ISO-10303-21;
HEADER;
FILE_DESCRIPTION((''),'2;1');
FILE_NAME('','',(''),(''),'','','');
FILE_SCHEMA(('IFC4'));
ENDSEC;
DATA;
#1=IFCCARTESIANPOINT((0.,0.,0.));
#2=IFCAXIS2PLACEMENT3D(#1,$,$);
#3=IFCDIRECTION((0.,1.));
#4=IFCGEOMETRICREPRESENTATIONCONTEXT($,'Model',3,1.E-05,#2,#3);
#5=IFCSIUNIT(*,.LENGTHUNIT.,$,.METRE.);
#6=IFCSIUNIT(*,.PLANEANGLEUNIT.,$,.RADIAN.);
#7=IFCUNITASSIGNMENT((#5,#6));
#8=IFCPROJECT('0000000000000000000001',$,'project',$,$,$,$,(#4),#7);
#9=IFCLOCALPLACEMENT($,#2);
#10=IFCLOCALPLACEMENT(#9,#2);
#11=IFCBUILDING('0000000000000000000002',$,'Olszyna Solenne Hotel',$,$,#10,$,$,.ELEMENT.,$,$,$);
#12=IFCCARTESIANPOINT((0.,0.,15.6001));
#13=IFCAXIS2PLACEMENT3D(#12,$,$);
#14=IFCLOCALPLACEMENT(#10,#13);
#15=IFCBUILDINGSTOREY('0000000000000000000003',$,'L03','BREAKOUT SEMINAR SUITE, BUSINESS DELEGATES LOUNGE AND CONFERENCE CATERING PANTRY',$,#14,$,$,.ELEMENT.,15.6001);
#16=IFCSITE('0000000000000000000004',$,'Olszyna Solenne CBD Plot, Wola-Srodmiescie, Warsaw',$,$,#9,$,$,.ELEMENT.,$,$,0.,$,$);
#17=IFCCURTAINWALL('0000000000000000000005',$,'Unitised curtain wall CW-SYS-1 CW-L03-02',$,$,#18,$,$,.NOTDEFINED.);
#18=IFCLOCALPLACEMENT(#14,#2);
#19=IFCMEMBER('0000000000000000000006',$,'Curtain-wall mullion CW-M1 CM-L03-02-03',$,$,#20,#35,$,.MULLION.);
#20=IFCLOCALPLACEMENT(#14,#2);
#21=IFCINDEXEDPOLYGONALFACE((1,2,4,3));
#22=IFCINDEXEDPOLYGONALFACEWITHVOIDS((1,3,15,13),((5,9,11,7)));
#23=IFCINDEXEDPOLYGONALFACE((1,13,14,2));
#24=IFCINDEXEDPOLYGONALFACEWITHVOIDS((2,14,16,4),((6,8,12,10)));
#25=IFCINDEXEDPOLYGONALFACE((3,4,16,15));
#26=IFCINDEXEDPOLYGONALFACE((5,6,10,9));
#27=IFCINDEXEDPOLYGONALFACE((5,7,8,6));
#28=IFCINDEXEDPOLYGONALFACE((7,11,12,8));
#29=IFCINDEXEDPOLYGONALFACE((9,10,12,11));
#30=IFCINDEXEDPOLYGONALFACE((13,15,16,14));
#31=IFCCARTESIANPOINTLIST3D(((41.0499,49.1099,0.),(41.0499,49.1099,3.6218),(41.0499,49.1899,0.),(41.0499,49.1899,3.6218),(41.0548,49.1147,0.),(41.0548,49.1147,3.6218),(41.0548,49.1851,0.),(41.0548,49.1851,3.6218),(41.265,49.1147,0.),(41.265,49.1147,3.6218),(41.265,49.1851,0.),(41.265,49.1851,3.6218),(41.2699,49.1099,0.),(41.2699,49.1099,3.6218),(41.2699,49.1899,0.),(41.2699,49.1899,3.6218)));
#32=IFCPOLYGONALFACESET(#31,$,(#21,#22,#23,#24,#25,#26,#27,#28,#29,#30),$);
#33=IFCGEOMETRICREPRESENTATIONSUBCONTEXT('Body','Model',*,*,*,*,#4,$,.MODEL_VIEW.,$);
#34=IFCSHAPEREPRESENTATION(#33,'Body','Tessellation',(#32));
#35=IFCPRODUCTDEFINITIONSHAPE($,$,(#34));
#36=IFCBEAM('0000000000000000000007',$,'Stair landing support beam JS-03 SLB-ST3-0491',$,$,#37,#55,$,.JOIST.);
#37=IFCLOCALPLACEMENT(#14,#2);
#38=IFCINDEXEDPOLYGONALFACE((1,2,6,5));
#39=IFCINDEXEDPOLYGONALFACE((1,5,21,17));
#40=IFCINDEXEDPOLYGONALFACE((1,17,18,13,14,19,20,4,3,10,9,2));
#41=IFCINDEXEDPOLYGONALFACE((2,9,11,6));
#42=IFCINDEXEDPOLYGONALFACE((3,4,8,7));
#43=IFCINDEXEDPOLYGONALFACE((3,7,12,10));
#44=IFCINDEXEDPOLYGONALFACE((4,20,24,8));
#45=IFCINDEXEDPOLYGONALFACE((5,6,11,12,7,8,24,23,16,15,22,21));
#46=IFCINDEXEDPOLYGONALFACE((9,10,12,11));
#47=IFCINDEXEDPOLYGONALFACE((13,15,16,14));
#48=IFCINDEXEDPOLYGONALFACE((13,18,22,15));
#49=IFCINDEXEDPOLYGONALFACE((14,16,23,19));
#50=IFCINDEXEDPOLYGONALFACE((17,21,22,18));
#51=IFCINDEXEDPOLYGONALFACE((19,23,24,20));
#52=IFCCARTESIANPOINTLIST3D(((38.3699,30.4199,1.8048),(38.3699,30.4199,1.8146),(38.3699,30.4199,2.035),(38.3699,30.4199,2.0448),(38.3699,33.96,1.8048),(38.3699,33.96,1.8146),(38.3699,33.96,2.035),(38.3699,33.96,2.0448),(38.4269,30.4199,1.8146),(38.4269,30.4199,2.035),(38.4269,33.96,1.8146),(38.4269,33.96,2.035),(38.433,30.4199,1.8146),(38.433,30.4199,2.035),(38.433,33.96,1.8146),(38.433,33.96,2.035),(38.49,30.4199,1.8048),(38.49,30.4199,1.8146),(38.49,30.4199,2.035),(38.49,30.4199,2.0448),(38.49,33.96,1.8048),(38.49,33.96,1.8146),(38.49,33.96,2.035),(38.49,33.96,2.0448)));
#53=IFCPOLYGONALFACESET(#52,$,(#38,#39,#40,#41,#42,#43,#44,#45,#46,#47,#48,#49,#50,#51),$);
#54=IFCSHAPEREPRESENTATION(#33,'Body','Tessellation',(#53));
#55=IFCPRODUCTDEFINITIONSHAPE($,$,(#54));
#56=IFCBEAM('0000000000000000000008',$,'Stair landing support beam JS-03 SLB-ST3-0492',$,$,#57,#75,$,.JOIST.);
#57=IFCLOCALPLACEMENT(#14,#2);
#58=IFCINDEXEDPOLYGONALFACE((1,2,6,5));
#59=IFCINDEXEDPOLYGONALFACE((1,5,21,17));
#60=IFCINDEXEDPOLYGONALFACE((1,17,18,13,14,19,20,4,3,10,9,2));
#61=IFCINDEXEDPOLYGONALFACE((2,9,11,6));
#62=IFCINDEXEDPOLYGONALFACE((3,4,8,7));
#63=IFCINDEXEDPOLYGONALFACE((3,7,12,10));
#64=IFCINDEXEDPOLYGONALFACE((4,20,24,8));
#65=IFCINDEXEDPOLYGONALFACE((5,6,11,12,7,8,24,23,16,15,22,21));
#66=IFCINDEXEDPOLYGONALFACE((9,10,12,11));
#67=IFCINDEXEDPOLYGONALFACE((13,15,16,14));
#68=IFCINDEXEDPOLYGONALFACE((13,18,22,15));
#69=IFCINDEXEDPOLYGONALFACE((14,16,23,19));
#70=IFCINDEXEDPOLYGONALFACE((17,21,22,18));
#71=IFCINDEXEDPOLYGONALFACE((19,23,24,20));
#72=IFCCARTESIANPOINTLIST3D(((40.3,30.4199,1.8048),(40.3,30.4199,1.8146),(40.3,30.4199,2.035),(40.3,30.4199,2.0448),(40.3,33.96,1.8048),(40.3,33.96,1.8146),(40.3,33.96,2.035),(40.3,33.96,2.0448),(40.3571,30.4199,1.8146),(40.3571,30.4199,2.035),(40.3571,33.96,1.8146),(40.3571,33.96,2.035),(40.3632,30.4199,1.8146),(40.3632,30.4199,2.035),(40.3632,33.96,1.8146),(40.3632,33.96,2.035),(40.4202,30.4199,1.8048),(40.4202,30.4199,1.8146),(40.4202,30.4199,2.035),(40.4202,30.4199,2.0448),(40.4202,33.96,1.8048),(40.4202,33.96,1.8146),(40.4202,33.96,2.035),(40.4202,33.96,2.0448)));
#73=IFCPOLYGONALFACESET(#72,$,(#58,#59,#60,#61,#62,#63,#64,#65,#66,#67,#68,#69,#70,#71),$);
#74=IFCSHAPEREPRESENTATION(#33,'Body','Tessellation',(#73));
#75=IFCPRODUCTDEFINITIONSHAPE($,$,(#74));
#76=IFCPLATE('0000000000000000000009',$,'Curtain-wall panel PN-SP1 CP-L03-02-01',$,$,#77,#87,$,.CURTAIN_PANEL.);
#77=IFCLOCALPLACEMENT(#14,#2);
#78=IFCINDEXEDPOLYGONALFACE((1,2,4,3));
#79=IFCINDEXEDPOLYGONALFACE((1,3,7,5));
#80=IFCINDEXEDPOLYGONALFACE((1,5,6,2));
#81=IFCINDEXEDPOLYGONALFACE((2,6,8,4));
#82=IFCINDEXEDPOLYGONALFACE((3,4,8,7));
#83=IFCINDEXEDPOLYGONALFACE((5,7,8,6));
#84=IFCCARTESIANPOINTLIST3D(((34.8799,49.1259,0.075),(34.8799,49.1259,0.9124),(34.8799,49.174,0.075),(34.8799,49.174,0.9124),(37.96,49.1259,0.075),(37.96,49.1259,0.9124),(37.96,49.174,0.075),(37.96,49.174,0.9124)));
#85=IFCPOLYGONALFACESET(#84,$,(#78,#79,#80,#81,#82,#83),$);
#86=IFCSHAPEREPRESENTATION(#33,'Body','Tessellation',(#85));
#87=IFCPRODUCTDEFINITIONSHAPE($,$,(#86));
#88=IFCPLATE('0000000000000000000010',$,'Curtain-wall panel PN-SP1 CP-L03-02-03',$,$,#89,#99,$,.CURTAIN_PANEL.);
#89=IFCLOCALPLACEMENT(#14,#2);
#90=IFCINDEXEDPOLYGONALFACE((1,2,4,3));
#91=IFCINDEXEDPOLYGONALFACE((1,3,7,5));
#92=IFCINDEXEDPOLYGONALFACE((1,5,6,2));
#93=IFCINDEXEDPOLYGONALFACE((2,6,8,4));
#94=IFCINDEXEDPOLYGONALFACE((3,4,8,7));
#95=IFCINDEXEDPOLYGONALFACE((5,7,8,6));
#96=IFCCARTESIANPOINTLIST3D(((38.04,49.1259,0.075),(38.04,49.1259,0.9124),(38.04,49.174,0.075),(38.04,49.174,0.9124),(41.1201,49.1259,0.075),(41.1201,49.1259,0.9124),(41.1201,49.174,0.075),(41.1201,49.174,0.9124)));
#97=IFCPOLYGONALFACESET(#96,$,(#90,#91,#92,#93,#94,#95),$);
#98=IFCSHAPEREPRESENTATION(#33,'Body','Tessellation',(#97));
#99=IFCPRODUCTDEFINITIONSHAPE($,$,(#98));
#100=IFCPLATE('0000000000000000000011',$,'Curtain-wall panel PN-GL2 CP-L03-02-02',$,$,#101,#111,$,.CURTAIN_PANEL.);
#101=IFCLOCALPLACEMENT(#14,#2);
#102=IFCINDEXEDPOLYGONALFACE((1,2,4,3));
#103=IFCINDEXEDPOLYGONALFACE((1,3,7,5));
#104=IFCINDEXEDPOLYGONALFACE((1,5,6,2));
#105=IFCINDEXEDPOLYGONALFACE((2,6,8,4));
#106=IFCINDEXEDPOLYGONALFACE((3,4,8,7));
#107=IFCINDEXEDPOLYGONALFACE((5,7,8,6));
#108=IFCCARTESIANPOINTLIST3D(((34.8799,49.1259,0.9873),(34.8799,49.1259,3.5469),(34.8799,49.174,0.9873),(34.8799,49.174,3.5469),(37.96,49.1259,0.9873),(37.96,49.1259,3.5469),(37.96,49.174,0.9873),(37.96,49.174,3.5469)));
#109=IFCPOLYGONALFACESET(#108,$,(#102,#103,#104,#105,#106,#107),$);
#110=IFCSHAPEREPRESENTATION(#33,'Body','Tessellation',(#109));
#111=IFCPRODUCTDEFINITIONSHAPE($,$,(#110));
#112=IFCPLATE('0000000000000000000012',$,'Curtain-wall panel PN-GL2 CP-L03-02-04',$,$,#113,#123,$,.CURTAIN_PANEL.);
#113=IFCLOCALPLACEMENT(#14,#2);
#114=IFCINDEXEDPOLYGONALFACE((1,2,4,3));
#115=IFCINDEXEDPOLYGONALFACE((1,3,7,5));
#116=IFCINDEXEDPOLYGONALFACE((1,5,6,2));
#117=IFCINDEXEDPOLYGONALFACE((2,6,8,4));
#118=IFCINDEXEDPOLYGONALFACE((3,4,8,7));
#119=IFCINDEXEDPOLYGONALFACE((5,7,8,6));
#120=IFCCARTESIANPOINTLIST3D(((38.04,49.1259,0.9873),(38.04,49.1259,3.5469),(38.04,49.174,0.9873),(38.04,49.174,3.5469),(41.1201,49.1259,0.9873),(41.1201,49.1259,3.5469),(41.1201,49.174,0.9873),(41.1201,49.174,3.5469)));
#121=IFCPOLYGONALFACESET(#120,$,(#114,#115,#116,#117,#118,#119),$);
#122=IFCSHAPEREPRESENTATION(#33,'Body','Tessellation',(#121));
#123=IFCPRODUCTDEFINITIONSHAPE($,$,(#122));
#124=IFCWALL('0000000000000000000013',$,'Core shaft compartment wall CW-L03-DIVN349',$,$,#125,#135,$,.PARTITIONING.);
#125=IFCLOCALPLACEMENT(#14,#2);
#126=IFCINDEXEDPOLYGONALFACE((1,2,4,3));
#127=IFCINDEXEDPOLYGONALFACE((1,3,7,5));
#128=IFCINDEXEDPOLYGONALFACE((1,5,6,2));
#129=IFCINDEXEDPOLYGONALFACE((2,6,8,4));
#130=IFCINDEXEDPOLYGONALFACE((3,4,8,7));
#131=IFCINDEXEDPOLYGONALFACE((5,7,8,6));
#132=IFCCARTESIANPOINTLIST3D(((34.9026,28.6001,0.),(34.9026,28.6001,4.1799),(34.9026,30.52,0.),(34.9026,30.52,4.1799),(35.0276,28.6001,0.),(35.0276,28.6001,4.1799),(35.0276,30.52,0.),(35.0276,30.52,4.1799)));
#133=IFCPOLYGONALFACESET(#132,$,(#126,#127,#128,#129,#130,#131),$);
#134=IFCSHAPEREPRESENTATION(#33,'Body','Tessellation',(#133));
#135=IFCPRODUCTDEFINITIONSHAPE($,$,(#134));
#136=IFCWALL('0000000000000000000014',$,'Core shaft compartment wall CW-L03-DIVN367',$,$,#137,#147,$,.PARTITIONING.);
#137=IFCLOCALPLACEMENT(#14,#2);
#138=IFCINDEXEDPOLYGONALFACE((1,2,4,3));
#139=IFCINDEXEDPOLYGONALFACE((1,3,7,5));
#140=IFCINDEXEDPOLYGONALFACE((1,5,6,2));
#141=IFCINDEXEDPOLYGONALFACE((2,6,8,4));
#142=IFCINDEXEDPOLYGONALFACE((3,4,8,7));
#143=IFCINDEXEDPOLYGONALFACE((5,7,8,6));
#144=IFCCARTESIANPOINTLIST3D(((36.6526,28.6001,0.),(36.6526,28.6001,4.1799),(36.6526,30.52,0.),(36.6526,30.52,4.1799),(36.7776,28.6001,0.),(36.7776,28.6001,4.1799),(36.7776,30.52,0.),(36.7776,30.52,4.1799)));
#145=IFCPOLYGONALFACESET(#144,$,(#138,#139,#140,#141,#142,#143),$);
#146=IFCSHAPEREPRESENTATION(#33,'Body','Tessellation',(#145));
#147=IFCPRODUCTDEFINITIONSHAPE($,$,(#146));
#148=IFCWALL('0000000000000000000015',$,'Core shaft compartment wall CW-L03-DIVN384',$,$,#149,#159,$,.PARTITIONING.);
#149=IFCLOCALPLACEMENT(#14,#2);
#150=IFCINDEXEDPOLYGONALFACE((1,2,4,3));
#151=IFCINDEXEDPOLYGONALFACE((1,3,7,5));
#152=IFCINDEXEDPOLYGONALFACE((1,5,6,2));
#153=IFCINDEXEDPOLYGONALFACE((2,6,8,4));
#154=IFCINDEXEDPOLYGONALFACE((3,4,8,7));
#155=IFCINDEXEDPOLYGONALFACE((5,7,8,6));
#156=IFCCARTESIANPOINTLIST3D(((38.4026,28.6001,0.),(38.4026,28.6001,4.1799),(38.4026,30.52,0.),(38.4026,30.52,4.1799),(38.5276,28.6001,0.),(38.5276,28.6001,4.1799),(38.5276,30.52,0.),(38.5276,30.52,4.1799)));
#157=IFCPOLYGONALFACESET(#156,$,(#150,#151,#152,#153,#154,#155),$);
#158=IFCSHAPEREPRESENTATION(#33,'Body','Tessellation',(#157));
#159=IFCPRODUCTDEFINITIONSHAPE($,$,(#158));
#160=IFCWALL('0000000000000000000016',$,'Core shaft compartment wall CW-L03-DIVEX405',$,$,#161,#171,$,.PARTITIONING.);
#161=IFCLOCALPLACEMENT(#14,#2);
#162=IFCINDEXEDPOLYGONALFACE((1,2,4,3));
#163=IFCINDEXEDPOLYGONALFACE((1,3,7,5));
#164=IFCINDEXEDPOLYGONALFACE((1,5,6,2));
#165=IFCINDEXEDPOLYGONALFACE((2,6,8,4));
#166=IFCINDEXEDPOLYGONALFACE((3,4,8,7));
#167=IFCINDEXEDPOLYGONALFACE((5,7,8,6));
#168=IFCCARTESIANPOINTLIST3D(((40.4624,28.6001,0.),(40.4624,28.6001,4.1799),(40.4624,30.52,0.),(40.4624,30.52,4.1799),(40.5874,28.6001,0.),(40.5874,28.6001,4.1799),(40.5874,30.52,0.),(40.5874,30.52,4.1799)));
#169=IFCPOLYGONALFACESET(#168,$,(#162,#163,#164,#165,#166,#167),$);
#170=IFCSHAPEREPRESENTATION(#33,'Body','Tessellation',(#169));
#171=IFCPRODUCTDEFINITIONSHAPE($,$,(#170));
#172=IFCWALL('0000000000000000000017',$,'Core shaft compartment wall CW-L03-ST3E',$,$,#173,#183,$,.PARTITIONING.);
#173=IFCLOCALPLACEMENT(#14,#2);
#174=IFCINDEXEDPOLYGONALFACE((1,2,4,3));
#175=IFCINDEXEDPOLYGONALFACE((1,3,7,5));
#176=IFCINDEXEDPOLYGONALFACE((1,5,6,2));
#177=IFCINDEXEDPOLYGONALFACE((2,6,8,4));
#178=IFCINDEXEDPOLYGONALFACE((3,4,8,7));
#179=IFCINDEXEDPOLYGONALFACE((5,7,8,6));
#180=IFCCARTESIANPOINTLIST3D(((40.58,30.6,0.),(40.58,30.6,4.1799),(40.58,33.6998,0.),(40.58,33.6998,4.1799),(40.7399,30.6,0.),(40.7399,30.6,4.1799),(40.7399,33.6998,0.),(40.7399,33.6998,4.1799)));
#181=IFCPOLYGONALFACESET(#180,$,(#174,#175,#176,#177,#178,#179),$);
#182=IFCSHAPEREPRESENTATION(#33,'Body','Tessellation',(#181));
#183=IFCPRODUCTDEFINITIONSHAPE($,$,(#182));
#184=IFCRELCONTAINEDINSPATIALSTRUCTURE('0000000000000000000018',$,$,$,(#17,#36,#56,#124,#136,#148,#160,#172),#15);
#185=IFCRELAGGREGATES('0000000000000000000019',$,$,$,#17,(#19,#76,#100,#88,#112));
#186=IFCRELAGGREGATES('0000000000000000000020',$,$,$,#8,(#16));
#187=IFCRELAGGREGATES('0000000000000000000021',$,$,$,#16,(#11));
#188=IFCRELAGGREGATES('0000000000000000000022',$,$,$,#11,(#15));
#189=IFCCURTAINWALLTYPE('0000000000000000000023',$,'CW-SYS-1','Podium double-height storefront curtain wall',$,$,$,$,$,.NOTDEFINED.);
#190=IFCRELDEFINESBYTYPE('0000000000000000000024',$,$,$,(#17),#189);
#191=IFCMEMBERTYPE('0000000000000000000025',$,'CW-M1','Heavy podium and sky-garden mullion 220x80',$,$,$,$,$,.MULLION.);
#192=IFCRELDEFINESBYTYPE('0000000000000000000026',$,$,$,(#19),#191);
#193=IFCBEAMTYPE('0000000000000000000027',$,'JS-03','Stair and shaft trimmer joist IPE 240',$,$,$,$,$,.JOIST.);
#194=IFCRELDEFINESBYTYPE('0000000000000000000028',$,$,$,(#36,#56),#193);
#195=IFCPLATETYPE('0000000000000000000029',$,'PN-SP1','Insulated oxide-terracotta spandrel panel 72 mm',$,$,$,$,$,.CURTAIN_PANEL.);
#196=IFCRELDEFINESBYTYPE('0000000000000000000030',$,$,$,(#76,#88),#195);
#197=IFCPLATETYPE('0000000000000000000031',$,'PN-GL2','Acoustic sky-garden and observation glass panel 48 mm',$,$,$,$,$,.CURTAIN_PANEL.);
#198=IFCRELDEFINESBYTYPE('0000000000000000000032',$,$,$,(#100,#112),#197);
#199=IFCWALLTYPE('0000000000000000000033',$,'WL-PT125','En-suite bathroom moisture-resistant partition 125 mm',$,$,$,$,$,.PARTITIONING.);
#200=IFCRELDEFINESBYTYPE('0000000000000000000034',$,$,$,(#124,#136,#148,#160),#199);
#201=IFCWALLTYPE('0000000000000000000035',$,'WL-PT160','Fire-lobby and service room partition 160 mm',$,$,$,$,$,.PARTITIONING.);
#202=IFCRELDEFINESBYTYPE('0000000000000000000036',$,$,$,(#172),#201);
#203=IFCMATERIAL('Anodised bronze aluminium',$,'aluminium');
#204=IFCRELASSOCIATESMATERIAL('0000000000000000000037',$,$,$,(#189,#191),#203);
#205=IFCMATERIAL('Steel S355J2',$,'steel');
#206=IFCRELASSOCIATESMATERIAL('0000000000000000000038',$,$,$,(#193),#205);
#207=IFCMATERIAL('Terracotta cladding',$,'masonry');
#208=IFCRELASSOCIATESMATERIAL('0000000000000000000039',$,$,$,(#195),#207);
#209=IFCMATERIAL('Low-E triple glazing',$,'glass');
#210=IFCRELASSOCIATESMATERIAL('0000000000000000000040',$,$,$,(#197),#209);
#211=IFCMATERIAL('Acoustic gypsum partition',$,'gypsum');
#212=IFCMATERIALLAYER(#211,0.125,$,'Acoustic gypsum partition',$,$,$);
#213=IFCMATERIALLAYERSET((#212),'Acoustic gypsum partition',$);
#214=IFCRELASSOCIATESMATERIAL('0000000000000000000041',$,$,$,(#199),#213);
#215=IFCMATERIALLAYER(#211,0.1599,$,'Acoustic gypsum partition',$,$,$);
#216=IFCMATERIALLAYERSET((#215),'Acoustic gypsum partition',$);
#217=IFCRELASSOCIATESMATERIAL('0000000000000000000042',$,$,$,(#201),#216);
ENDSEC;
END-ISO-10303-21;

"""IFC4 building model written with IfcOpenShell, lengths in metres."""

from ifc_helpers import new_model, si_unit, direction, frame, frame_2d, origin, origin_2d, place, context, subcontext, project, spatial, rectangle, hollow_rectangle, i_section, extrude, source, transform, mapped, material, layer, layer_set, material_profile, profile_set, type_object, element, aggregate, save


model = new_model("IFC4")

# Units and contexts
model_context = context("Model", 3, precision=1e-05, world=origin(), true_north=direction((0.0, 1.0)))
body_context = subcontext(model_context, "Body", "Model", "MODEL_VIEW")
ifc_project = project(units=[si_unit("LENGTHUNIT", "METRE"), si_unit("PLANEANGLEUNIT", "RADIAN")], contexts=[model_context])

# Site, building, storey
site_placement = place(None, origin())
site = spatial("IfcSite", under=ifc_project, at=site_placement, Name="Olszyna Solenne CBD Plot, Wola-Srodmiescie, Warsaw", CompositionType="ELEMENT", RefElevation=0.0)
building_placement = place(site_placement, origin())
building = spatial("IfcBuilding", under=site, at=building_placement, Name="Olszyna Solenne Hotel", CompositionType="ELEMENT")
storey_placement = place(building_placement, frame((0.0, 0.0, 15.6001)))
storey = spatial("IfcBuildingStorey", under=building, at=storey_placement, Name="L03", Description="BREAKOUT SEMINAR SUITE, BUSINESS DELEGATES LOUNGE AND CONFERENCE CATERING PANTRY", CompositionType="ELEMENT", Elevation=15.6001)

# Shared definitions
ifc_material_1 = material(Name="Steel S355J2", Category="steel")

# Curtain wall, member
ifc_material_2 = material(Name="Anodised bronze aluminium", Category="aluminium")
curtain_wall_type = type_object("IfcCurtainWallType", Name="CW-SYS-1", Description="Podium double-height storefront curtain wall", PredefinedType="NOTDEFINED", material=ifc_material_2)
curtain_wall_placement = place(storey_placement, origin())
curtain_wall = element("IfcCurtainWall", 1, at=curtain_wall_placement, inside=storey, type_object=curtain_wall_type, Name="Unitised curtain wall CW-SYS-1 CW-L03-02", PredefinedType="NOTDEFINED")
ifc_material_profile_1 = material_profile(ifc_material_2, hollow_rectangle(XDim=0.0801, YDim=0.22, WallThickness=0.0049, at=origin_2d()), Name="MULL 220x80x5", Category="load-bearing")
ifc_profile_set_1 = profile_set([ifc_material_profile_1], Name="Anodised bronze aluminium")
member_type_1 = type_object("IfcMemberType", Name="CW-M1", Description="Heavy podium and sky-garden mullion 220x80", PredefinedType="MULLION", material=ifc_profile_set_1)
shared_shape_1 = source(origin(), body_context, "Body", "SweptSolid", [
    extrude(hollow_rectangle(XDim=0.0801, YDim=0.22, WallThickness=0.0049, at=origin_2d()), origin(), (0.0, 0.0, 1.0), 3.6218),
])
member_1_placement = place(storey_placement, frame((41.1599, 49.1499, 0.0), z_axis=(0.0, 0.0, 1.0), x_axis=(0.0, 1.0, 0.0)))
member_1 = element("IfcMember", 2, at=member_1_placement, type_object=member_type_1, Name="Curtain-wall mullion CW-M1 CM-L03-02-03", PredefinedType="MULLION", context=body_context, shape_type="MappedRepresentation", body=[
    mapped(shared_shape_1, transform((0.0, 0.0, 0.0), x_axis=(1.0, 0.0, 0.0), y_axis=(0.0, 1.0, 0.0), z_axis=(0.0, 0.0, 1.0), scale=1.0)),
])

# Beams
ifc_material_profile_2 = material_profile(ifc_material_1, i_section(OverallWidth=0.1201, OverallDepth=0.24, WebThickness=0.0061, FlangeThickness=0.0098, at=origin_2d()), Name="IPE 240", Category="load-bearing")
ifc_profile_set_2 = profile_set([ifc_material_profile_2], Name="Steel S355J2")
beam_type_1 = type_object("IfcBeamType", Name="JS-03", Description="Stair and shaft trimmer joist IPE 240", PredefinedType="JOIST", material=ifc_profile_set_2)
shared_shape_2 = source(origin(), body_context, "Body", "SweptSolid", [
    extrude(i_section(OverallWidth=0.1201, OverallDepth=0.24, WebThickness=0.0061, FlangeThickness=0.0098, at=origin_2d()), origin(), (0.0, 0.0, 1.0), 3.54),
])
for number, where, z_axis, x_axis, name in (
    (3, (38.4299, 30.4199, 1.9248), (0.0, 1.0, 0.0), (-1.0, 0.0, 0.0), "Stair landing support beam JS-03 SLB-ST3-0491"),
    (4, (40.3601, 30.4199, 1.9248), (0.0, 1.0, 0.0), (-1.0, 0.0, 0.0), "Stair landing support beam JS-03 SLB-ST3-0492"),
):
    element("IfcBeam", number, at=place(storey_placement, frame(where, z_axis=z_axis, x_axis=x_axis)), inside=storey, type_object=beam_type_1, Name=name, PredefinedType="JOIST", context=body_context, shape_type="MappedRepresentation", body=[
        mapped(shared_shape_2, transform((0.0, 0.0, 0.0), x_axis=(1.0, 0.0, 0.0), y_axis=(0.0, 1.0, 0.0), z_axis=(0.0, 0.0, 1.0), scale=1.0)),
    ])

# Plates
ifc_material_3 = material(Name="Terracotta cladding", Category="masonry")
plate_type_1 = type_object("IfcPlateType", Name="PN-SP1", Description="Insulated oxide-terracotta spandrel panel 72 mm", PredefinedType="CURTAIN_PANEL", material=ifc_material_3)
shared_shape_3 = source(origin(), body_context, "Body", "SweptSolid", [
    extrude(rectangle(XDim=3.0801, YDim=0.0481, at=origin_2d()), origin(), (0.0, 0.0, 1.0), 0.8374),
])
plate_1_placement = place(storey_placement, frame((36.4199, 49.1499, 0.075), z_axis=(0.0, 0.0, 1.0), x_axis=(1.0, 0.0, 0.0)))
plate_1 = element("IfcPlate", 5, at=plate_1_placement, type_object=plate_type_1, Name="Curtain-wall panel PN-SP1 CP-L03-02-01", PredefinedType="CURTAIN_PANEL", context=body_context, shape_type="MappedRepresentation", body=[
    mapped(shared_shape_3, transform((0.0, 0.0, 0.0), x_axis=(1.0, 0.0, 0.0), y_axis=(0.0, 1.0, 0.0), z_axis=(0.0, 0.0, 1.0), scale=1.0)),
])
plate_2_placement = place(storey_placement, frame((39.5801, 49.1499, 0.075), z_axis=(0.0, 0.0, 1.0), x_axis=(1.0, 0.0, 0.0)))
plate_2 = element("IfcPlate", 6, at=plate_2_placement, type_object=plate_type_1, Name="Curtain-wall panel PN-SP1 CP-L03-02-03", PredefinedType="CURTAIN_PANEL", context=body_context, shape_type="MappedRepresentation", body=[
    mapped(shared_shape_3, transform((0.0, 0.0, 0.0), x_axis=(1.0, 0.0, 0.0), y_axis=(0.0, 1.0, 0.0), z_axis=(0.0, 0.0, 1.0), scale=1.0)),
])
ifc_material_4 = material(Name="Low-E triple glazing", Category="glass")
plate_type_2 = type_object("IfcPlateType", Name="PN-GL2", Description="Acoustic sky-garden and observation glass panel 48 mm", PredefinedType="CURTAIN_PANEL", material=ifc_material_4)
shared_shape_4 = source(origin(), body_context, "Body", "SweptSolid", [
    extrude(rectangle(XDim=3.0801, YDim=0.0481, at=origin_2d()), origin(), (0.0, 0.0, 1.0), 2.5596),
])
plate_3_placement = place(storey_placement, frame((36.4199, 49.1499, 0.9873), z_axis=(0.0, 0.0, 1.0), x_axis=(1.0, 0.0, 0.0)))
plate_3 = element("IfcPlate", 7, at=plate_3_placement, type_object=plate_type_2, Name="Curtain-wall panel PN-GL2 CP-L03-02-02", PredefinedType="CURTAIN_PANEL", context=body_context, shape_type="MappedRepresentation", body=[
    mapped(shared_shape_4, transform((0.0, 0.0, 0.0), x_axis=(1.0, 0.0, 0.0), y_axis=(0.0, 1.0, 0.0), z_axis=(0.0, 0.0, 1.0), scale=1.0)),
])
plate_4_placement = place(storey_placement, frame((39.5801, 49.1499, 0.9873), z_axis=(0.0, 0.0, 1.0), x_axis=(1.0, 0.0, 0.0)))
plate_4 = element("IfcPlate", 8, at=plate_4_placement, type_object=plate_type_2, Name="Curtain-wall panel PN-GL2 CP-L03-02-04", PredefinedType="CURTAIN_PANEL", context=body_context, shape_type="MappedRepresentation", body=[
    mapped(shared_shape_4, transform((0.0, 0.0, 0.0), x_axis=(1.0, 0.0, 0.0), y_axis=(0.0, 1.0, 0.0), z_axis=(0.0, 0.0, 1.0), scale=1.0)),
])
aggregate(curtain_wall, [member_1, plate_1, plate_3, plate_2, plate_4])

# Walls
ifc_material_5 = material(Name="Acoustic gypsum partition", Category="gypsum")
ifc_layer_1 = layer(ifc_material_5, 0.125, Name="Acoustic gypsum partition")
ifc_layer_set_1 = layer_set([ifc_layer_1], Name="Acoustic gypsum partition")
wall_type_1 = type_object("IfcWallType", Name="WL-PT125", Description="En-suite bathroom moisture-resistant partition 125 mm", PredefinedType="PARTITIONING", material=ifc_layer_set_1)
for number, where, z_axis, x_axis, name in (
    (9, (34.9651, 28.6001, 0.0), (0.0, 0.0, 1.0), (0.0, 1.0, 0.0), "Core shaft compartment wall CW-L03-DIVN349"),
    (10, (36.7151, 28.6001, 0.0), (0.0, 0.0, 1.0), (0.0, 1.0, 0.0), "Core shaft compartment wall CW-L03-DIVN367"),
    (11, (38.4651, 28.6001, 0.0), (0.0, 0.0, 1.0), (0.0, 1.0, 0.0), "Core shaft compartment wall CW-L03-DIVN384"),
    (12, (40.5249, 28.6001, 0.0), (0.0, 0.0, 1.0), (0.0, 1.0, 0.0), "Core shaft compartment wall CW-L03-DIVEX405"),
):
    element("IfcWall", number, at=place(storey_placement, frame(where, z_axis=z_axis, x_axis=x_axis)), inside=storey, type_object=wall_type_1, Name=name, PredefinedType="PARTITIONING", context=body_context, shape_type="SweptSolid", body=[
        extrude(rectangle(XDim=1.9199, YDim=0.125, at=frame_2d((0.96, 0.0))), origin(), (0.0, 0.0, 1.0), 4.1799),
    ])
ifc_layer_2 = layer(ifc_material_5, 0.1599, Name="Acoustic gypsum partition")
ifc_layer_set_2 = layer_set([ifc_layer_2], Name="Acoustic gypsum partition")
wall_type_2 = type_object("IfcWallType", Name="WL-PT160", Description="Fire-lobby and service room partition 160 mm", PredefinedType="PARTITIONING", material=ifc_layer_set_2)
wall_1_placement = place(storey_placement, frame((40.6599, 30.6001, 0.0), z_axis=(0.0, 0.0, 1.0), x_axis=(0.0, 1.0, 0.0)))
element("IfcWall", 13, at=wall_1_placement, inside=storey, type_object=wall_type_2, Name="Core shaft compartment wall CW-L03-ST3E", PredefinedType="PARTITIONING", context=body_context, shape_type="SweptSolid", body=[
    extrude(rectangle(XDim=3.0999, YDim=0.1599, at=frame_2d((1.5498, 0.0))), origin(), (0.0, 0.0, 1.0), 4.1799),
])

save(model, "model.ifc")
